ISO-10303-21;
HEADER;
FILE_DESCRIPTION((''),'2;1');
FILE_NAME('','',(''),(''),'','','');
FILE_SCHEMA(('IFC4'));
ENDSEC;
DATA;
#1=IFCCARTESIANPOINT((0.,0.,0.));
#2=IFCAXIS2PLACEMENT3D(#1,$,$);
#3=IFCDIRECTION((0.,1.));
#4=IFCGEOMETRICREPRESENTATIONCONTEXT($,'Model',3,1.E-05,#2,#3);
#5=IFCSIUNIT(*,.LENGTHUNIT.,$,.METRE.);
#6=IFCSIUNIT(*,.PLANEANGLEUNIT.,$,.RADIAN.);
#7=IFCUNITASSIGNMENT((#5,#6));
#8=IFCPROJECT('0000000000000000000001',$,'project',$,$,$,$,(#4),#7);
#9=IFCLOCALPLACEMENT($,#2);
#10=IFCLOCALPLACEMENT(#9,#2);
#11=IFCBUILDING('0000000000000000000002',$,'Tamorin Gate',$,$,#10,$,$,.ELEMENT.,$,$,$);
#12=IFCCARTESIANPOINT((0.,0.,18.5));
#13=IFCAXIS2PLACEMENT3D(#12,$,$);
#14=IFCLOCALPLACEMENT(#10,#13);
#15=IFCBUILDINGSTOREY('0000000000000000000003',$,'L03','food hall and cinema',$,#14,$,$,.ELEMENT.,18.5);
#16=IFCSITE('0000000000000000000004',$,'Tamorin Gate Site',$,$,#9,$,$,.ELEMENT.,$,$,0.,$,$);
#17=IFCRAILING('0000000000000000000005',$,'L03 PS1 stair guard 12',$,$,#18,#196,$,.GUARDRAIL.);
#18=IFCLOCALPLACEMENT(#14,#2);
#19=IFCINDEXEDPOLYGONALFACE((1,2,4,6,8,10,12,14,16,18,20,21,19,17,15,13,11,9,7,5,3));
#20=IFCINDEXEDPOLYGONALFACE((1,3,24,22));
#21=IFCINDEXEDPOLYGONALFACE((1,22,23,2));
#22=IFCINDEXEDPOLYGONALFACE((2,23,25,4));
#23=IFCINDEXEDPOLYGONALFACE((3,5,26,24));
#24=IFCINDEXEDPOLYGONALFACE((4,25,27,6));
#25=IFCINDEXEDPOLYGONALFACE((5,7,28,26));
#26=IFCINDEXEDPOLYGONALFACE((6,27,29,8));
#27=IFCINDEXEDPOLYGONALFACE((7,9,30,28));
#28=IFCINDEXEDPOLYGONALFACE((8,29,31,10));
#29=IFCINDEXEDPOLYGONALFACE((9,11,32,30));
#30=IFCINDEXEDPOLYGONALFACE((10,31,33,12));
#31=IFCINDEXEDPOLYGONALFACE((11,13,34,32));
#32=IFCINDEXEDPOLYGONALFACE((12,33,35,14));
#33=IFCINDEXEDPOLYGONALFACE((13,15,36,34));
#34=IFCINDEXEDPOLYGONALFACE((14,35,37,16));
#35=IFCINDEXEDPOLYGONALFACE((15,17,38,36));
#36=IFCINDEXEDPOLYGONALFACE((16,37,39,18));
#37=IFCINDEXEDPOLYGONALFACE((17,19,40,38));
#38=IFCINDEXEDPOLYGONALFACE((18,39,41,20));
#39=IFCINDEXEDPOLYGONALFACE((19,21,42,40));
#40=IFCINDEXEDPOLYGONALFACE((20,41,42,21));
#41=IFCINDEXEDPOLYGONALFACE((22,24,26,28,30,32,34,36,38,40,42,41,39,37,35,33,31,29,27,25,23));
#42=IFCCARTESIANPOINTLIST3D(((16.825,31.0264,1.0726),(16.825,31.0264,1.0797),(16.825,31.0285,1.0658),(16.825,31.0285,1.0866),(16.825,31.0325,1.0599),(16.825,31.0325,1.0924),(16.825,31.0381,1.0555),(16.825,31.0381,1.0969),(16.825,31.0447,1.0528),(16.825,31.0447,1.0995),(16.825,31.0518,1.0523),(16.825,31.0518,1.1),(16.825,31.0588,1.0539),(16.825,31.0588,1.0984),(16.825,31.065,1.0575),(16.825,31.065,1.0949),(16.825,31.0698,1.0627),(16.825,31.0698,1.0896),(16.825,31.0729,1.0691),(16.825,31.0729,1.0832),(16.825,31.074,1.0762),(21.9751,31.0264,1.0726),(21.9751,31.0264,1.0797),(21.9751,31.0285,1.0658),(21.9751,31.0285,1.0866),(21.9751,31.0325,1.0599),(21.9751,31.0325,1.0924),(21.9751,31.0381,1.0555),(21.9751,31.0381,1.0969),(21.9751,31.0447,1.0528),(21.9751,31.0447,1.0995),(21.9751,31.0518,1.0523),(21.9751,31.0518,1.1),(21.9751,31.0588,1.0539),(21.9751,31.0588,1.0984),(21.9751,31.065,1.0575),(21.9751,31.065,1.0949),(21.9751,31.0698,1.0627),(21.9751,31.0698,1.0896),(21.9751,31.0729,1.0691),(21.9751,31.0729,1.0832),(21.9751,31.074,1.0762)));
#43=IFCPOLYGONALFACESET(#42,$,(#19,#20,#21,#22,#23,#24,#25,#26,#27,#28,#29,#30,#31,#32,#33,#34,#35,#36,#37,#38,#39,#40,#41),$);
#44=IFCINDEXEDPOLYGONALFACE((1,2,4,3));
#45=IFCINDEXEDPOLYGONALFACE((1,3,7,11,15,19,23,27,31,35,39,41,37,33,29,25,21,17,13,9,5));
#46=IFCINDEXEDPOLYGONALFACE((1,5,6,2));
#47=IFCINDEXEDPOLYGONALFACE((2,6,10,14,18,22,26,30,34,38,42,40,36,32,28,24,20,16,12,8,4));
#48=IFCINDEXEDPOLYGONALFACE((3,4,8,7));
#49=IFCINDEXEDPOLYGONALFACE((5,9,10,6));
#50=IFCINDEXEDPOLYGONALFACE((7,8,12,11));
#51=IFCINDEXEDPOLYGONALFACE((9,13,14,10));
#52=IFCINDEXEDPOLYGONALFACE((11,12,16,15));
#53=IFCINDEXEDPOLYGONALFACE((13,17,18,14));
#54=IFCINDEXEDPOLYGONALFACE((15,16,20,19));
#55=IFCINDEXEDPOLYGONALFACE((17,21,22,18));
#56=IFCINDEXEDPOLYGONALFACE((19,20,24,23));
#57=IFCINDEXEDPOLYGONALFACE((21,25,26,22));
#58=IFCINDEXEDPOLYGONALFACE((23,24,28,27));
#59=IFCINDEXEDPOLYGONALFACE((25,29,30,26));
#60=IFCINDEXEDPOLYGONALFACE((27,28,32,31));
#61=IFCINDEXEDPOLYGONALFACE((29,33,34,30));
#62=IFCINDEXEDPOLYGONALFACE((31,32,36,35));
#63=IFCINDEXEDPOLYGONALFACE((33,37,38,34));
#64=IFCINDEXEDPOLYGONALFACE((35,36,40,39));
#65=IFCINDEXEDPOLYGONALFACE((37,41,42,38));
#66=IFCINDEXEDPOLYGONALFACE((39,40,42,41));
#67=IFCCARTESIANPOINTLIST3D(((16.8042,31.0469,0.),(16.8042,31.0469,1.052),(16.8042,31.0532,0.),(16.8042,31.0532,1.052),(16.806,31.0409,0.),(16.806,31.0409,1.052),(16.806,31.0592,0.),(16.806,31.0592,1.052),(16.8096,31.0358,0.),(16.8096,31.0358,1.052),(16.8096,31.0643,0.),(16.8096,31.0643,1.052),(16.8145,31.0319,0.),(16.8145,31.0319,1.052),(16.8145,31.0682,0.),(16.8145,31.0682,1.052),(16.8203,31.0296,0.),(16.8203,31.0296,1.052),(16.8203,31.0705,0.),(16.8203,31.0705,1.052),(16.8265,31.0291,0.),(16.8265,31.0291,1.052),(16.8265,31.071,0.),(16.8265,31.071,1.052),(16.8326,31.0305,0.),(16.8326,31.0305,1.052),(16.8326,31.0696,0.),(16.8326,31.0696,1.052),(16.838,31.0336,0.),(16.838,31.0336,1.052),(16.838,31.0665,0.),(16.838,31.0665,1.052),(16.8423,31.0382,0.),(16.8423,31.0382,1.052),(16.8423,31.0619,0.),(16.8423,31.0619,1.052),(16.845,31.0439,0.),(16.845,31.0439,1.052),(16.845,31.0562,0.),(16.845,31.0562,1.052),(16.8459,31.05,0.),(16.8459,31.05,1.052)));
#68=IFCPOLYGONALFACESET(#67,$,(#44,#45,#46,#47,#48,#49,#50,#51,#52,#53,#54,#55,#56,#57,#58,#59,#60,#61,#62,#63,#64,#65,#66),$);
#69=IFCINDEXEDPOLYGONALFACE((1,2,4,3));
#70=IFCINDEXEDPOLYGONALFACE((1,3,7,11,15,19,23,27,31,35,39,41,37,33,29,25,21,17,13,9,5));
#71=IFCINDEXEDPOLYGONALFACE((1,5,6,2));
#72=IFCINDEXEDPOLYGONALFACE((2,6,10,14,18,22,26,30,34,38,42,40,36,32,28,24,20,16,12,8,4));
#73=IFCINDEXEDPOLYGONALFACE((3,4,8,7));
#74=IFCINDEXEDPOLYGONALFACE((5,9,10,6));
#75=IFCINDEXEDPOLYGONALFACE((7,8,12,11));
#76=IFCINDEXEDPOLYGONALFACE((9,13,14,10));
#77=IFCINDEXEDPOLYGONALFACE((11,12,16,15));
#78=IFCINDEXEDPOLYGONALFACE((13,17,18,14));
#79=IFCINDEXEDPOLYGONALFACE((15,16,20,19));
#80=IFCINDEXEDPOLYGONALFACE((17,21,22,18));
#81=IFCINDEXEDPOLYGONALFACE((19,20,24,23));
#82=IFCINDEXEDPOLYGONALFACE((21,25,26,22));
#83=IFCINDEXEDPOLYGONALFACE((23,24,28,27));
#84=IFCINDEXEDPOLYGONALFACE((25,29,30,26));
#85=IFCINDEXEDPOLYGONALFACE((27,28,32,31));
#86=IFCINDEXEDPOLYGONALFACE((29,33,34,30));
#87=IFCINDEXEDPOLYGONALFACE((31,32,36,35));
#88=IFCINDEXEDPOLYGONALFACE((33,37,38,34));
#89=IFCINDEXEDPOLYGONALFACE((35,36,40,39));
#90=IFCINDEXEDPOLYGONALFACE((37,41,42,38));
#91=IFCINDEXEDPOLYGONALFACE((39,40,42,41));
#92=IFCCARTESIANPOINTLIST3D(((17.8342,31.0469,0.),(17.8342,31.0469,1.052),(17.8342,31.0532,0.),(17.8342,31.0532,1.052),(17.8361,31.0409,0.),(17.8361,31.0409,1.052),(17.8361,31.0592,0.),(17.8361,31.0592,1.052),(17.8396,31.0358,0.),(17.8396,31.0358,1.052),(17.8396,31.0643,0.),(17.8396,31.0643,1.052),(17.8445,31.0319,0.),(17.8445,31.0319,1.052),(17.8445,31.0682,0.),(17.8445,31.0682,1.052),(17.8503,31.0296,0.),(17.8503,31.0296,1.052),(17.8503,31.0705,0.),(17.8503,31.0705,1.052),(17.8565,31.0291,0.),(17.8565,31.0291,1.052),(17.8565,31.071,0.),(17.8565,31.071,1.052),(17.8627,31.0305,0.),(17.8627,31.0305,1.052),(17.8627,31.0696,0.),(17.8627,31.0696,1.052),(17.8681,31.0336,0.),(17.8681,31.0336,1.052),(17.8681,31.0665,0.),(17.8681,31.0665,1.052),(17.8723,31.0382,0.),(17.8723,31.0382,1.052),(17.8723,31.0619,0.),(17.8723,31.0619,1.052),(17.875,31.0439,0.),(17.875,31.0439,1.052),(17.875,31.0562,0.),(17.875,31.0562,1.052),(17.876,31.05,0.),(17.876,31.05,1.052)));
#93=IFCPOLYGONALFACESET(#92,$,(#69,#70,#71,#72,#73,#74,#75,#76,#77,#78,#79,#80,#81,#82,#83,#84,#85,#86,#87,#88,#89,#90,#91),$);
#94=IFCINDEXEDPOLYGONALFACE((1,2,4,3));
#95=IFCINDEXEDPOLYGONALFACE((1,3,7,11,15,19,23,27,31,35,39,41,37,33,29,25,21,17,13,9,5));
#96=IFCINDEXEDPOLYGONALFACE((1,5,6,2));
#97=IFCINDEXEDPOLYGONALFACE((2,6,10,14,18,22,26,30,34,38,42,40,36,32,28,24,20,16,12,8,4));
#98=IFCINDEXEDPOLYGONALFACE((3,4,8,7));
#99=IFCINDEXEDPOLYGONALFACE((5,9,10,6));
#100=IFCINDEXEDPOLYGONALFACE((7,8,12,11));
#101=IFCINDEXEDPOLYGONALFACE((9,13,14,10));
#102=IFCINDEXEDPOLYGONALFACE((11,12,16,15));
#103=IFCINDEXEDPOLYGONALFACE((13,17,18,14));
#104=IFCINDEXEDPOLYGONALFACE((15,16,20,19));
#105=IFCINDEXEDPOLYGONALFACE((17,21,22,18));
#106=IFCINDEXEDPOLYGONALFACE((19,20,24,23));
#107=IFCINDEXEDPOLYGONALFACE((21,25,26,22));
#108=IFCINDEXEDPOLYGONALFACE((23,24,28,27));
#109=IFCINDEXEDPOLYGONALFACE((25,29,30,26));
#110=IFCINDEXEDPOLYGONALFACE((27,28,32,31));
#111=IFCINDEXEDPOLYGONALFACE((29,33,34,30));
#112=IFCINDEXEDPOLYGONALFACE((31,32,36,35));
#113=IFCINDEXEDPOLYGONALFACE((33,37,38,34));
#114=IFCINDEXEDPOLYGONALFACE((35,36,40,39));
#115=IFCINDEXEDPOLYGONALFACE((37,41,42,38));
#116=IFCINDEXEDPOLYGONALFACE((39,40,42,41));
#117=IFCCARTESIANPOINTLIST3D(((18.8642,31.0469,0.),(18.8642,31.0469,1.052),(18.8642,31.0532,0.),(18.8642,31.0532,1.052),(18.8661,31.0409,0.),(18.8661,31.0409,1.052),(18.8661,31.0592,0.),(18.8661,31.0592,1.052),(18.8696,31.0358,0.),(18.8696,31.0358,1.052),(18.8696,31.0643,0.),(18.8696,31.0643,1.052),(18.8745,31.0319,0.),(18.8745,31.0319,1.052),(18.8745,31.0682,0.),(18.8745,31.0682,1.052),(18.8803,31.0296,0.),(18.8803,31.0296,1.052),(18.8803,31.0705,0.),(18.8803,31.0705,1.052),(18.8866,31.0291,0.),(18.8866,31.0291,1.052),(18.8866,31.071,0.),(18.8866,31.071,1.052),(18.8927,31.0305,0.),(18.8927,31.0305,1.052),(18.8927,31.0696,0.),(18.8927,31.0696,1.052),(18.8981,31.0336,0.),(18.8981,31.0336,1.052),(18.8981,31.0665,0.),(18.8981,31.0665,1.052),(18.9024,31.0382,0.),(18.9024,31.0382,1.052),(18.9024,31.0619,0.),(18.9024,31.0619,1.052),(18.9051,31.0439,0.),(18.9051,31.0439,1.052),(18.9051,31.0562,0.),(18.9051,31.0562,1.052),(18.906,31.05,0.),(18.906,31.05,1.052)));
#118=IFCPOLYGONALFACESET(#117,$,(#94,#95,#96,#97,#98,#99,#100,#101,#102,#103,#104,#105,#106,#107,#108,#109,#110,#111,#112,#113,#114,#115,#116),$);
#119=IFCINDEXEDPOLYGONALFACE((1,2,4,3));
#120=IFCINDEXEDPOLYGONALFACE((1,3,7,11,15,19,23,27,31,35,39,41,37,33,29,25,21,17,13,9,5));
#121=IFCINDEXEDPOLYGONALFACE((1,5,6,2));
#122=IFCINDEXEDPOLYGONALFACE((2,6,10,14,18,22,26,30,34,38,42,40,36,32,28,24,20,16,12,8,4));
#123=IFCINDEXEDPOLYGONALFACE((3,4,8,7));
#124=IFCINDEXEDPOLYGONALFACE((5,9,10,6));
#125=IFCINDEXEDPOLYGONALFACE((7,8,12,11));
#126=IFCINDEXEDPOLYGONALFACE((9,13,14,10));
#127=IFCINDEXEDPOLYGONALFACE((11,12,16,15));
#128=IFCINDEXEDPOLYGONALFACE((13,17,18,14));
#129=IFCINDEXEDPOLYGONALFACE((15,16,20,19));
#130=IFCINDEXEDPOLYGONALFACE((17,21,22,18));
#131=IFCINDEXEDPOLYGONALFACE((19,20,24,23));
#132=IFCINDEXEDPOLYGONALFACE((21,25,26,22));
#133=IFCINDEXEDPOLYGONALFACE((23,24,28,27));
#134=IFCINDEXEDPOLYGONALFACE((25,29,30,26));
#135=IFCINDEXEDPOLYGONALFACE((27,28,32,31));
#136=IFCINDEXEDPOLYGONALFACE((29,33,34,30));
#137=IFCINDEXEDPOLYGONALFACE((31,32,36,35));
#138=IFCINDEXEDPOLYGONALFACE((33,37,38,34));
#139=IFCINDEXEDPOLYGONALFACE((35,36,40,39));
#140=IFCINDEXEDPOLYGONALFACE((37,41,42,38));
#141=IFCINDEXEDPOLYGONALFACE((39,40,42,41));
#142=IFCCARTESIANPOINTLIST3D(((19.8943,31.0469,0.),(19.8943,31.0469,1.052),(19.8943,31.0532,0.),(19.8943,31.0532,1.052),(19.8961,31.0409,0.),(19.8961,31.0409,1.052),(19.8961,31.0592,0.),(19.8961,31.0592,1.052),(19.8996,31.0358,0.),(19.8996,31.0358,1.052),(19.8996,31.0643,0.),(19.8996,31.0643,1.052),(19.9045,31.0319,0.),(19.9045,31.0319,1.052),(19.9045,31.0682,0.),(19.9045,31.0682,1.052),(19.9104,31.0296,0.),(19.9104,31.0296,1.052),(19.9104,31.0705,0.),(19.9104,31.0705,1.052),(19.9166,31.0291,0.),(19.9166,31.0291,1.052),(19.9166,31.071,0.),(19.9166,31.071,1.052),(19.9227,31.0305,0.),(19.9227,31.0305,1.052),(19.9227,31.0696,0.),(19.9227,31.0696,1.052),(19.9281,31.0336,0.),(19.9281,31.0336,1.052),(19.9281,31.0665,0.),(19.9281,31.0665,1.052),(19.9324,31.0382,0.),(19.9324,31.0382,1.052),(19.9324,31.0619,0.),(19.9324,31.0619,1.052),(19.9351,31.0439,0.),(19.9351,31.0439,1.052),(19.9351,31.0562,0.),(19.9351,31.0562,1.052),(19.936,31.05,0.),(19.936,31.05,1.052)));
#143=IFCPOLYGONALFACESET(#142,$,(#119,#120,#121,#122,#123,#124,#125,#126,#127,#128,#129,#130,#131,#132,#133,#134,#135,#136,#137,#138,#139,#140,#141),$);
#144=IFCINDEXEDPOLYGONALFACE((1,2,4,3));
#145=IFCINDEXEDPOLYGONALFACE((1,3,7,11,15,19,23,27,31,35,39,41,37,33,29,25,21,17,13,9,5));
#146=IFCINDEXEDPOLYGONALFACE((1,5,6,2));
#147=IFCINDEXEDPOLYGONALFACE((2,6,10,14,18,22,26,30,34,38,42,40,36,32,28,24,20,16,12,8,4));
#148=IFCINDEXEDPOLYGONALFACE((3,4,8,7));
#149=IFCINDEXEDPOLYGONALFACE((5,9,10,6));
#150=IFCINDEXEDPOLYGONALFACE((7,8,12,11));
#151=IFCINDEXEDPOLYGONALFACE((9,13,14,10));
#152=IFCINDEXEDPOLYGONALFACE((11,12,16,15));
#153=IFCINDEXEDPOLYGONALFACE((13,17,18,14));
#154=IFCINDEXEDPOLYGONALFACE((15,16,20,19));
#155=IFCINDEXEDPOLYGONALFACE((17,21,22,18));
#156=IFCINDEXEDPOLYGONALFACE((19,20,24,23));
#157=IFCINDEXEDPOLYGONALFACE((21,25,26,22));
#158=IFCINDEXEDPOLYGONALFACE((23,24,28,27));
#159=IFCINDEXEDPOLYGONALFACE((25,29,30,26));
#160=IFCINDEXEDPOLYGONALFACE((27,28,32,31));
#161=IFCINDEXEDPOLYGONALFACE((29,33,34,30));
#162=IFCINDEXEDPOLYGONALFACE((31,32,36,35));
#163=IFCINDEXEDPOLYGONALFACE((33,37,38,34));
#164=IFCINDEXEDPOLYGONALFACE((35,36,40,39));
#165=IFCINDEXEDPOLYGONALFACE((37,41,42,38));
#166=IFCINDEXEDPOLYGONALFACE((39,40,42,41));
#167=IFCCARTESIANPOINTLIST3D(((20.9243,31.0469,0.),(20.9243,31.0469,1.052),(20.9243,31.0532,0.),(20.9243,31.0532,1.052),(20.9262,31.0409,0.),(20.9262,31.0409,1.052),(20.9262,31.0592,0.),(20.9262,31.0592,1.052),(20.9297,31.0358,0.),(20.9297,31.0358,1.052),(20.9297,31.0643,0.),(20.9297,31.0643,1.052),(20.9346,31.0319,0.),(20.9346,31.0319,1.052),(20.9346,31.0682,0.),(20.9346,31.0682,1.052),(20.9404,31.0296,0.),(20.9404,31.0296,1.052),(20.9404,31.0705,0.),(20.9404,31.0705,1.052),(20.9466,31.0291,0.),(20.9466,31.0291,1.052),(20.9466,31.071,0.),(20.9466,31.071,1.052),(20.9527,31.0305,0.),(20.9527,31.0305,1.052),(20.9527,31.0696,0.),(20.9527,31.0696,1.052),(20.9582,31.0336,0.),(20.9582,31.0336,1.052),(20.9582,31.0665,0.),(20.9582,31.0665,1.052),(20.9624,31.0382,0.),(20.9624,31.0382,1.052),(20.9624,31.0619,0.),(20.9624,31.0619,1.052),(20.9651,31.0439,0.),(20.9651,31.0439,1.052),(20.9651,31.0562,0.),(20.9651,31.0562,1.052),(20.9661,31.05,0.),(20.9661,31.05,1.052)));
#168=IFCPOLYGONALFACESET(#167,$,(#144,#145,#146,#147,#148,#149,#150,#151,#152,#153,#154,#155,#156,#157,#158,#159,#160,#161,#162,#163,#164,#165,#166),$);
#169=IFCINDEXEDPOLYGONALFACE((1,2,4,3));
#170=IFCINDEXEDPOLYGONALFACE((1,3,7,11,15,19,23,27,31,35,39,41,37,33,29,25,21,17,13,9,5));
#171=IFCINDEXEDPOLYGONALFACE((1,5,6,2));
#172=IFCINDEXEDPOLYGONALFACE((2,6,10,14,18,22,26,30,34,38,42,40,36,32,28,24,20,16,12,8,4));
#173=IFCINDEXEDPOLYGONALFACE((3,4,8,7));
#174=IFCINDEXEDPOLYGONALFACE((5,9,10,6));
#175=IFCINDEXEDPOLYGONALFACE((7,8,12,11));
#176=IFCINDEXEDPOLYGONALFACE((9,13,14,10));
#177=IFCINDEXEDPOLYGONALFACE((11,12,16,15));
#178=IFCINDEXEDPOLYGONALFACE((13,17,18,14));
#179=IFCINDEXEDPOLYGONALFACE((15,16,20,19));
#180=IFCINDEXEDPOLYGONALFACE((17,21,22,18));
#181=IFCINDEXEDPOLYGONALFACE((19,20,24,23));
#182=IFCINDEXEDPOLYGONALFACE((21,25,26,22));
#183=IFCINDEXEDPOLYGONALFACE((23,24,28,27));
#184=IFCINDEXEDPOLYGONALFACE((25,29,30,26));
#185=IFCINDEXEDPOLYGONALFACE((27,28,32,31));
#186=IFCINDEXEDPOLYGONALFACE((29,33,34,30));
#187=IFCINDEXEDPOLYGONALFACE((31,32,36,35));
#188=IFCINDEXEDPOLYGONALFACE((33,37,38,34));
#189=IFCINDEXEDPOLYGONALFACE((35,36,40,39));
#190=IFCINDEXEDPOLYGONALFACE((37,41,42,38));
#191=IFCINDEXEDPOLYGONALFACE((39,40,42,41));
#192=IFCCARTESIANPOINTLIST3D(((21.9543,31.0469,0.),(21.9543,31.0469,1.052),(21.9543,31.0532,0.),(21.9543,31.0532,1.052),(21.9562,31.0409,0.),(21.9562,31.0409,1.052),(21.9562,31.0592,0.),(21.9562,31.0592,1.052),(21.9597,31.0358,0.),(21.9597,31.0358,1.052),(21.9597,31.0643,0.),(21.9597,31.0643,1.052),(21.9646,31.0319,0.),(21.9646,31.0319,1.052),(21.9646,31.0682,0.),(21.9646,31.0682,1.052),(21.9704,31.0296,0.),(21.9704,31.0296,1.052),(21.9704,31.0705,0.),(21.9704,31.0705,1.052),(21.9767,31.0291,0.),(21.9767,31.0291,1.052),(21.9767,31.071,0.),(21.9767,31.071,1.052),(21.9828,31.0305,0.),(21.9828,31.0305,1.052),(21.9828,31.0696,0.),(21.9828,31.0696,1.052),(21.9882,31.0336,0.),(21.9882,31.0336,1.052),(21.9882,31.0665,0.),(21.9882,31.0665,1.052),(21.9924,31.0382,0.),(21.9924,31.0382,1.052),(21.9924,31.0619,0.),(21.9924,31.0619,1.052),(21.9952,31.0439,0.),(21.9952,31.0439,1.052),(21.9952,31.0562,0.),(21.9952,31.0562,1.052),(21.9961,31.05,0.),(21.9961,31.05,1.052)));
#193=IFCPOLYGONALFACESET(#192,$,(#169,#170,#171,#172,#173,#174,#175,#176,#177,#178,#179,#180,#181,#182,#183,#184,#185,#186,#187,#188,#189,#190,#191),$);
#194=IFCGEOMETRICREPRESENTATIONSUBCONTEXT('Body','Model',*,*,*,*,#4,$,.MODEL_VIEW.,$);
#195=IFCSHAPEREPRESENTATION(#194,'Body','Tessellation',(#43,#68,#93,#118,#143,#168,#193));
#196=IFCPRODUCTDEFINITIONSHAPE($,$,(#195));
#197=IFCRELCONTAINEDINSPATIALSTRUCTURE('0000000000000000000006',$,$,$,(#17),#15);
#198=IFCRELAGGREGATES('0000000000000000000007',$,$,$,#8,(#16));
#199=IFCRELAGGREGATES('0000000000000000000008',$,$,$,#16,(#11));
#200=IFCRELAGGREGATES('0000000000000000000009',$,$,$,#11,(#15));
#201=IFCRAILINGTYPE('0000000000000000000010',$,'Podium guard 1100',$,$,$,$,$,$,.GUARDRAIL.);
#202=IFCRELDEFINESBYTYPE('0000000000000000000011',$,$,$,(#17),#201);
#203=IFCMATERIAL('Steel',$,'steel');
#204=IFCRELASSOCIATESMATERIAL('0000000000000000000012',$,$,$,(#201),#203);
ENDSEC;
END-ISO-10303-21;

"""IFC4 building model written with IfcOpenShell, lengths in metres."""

from ifc_helpers import new_model, si_unit, direction, frame, origin, origin_2d, place, context, subcontext, project, spatial, circle, extrude, material, type_object, element, save


model = new_model("IFC4")

# Units and contexts
model_context = context("Model", 3, precision=1e-05, world=origin(), true_north=direction((0.0, 1.0)))
body_context = subcontext(model_context, "Body", "Model", "MODEL_VIEW")
ifc_project = project(units=[si_unit("LENGTHUNIT", "METRE"), si_unit("PLANEANGLEUNIT", "RADIAN")], contexts=[model_context])

# Site, building, storey
site_placement = place(None, origin())
site = spatial("IfcSite", under=ifc_project, at=site_placement, Name="Tamorin Gate Site", CompositionType="ELEMENT", RefElevation=0.0)
building_placement = place(site_placement, origin())
building = spatial("IfcBuilding", under=site, at=building_placement, Name="Tamorin Gate", CompositionType="ELEMENT")
storey_placement = place(building_placement, frame((0.0, 0.0, 18.5)))
storey = spatial("IfcBuildingStorey", under=building, at=storey_placement, Name="L03", Description="food hall and cinema", CompositionType="ELEMENT", Elevation=18.5)

# Railing
ifc_material_1 = material(Name="Steel", Category="steel")
railing_type = type_object("IfcRailingType", Name="Podium guard 1100", PredefinedType="GUARDRAIL", material=ifc_material_1)
railing_1_placement = place(storey_placement, frame((16.825, 31.05, 0.0)))
element("IfcRailing", 1, at=railing_1_placement, inside=storey, type_object=railing_type, Name="L03 PS1 stair guard 12", PredefinedType="GUARDRAIL", context=body_context, shape_type="SweptSolid", body=[
    extrude(circle(Radius=0.0239, at=origin_2d()), frame((0.0, 0.0, 1.0762), z_axis=(1.0, 0.0, 0.0), x_axis=(0.0, 1.0, 0.0)), (0.0, 0.0, 1.0), 5.1501),
    extrude(circle(Radius=0.021, at=origin_2d()), origin(), (0.0, 0.0, 1.0), 1.052),
    extrude(circle(Radius=0.021, at=origin_2d()), frame((1.03, 0.0, 0.0)), (0.0, 0.0, 1.0), 1.052),
    extrude(circle(Radius=0.021, at=origin_2d()), frame((2.0601, 0.0, 0.0)), (0.0, 0.0, 1.0), 1.052),
    extrude(circle(Radius=0.021, at=origin_2d()), frame((3.0901, 0.0, 0.0)), (0.0, 0.0, 1.0), 1.052),
    extrude(circle(Radius=0.021, at=origin_2d()), frame((4.1201, 0.0, 0.0)), (0.0, 0.0, 1.0), 1.052),
    extrude(circle(Radius=0.021, at=origin_2d()), frame((5.1501, 0.0, 0.0)), (0.0, 0.0, 1.0), 1.052),
])

save(model, "model.ifc")
